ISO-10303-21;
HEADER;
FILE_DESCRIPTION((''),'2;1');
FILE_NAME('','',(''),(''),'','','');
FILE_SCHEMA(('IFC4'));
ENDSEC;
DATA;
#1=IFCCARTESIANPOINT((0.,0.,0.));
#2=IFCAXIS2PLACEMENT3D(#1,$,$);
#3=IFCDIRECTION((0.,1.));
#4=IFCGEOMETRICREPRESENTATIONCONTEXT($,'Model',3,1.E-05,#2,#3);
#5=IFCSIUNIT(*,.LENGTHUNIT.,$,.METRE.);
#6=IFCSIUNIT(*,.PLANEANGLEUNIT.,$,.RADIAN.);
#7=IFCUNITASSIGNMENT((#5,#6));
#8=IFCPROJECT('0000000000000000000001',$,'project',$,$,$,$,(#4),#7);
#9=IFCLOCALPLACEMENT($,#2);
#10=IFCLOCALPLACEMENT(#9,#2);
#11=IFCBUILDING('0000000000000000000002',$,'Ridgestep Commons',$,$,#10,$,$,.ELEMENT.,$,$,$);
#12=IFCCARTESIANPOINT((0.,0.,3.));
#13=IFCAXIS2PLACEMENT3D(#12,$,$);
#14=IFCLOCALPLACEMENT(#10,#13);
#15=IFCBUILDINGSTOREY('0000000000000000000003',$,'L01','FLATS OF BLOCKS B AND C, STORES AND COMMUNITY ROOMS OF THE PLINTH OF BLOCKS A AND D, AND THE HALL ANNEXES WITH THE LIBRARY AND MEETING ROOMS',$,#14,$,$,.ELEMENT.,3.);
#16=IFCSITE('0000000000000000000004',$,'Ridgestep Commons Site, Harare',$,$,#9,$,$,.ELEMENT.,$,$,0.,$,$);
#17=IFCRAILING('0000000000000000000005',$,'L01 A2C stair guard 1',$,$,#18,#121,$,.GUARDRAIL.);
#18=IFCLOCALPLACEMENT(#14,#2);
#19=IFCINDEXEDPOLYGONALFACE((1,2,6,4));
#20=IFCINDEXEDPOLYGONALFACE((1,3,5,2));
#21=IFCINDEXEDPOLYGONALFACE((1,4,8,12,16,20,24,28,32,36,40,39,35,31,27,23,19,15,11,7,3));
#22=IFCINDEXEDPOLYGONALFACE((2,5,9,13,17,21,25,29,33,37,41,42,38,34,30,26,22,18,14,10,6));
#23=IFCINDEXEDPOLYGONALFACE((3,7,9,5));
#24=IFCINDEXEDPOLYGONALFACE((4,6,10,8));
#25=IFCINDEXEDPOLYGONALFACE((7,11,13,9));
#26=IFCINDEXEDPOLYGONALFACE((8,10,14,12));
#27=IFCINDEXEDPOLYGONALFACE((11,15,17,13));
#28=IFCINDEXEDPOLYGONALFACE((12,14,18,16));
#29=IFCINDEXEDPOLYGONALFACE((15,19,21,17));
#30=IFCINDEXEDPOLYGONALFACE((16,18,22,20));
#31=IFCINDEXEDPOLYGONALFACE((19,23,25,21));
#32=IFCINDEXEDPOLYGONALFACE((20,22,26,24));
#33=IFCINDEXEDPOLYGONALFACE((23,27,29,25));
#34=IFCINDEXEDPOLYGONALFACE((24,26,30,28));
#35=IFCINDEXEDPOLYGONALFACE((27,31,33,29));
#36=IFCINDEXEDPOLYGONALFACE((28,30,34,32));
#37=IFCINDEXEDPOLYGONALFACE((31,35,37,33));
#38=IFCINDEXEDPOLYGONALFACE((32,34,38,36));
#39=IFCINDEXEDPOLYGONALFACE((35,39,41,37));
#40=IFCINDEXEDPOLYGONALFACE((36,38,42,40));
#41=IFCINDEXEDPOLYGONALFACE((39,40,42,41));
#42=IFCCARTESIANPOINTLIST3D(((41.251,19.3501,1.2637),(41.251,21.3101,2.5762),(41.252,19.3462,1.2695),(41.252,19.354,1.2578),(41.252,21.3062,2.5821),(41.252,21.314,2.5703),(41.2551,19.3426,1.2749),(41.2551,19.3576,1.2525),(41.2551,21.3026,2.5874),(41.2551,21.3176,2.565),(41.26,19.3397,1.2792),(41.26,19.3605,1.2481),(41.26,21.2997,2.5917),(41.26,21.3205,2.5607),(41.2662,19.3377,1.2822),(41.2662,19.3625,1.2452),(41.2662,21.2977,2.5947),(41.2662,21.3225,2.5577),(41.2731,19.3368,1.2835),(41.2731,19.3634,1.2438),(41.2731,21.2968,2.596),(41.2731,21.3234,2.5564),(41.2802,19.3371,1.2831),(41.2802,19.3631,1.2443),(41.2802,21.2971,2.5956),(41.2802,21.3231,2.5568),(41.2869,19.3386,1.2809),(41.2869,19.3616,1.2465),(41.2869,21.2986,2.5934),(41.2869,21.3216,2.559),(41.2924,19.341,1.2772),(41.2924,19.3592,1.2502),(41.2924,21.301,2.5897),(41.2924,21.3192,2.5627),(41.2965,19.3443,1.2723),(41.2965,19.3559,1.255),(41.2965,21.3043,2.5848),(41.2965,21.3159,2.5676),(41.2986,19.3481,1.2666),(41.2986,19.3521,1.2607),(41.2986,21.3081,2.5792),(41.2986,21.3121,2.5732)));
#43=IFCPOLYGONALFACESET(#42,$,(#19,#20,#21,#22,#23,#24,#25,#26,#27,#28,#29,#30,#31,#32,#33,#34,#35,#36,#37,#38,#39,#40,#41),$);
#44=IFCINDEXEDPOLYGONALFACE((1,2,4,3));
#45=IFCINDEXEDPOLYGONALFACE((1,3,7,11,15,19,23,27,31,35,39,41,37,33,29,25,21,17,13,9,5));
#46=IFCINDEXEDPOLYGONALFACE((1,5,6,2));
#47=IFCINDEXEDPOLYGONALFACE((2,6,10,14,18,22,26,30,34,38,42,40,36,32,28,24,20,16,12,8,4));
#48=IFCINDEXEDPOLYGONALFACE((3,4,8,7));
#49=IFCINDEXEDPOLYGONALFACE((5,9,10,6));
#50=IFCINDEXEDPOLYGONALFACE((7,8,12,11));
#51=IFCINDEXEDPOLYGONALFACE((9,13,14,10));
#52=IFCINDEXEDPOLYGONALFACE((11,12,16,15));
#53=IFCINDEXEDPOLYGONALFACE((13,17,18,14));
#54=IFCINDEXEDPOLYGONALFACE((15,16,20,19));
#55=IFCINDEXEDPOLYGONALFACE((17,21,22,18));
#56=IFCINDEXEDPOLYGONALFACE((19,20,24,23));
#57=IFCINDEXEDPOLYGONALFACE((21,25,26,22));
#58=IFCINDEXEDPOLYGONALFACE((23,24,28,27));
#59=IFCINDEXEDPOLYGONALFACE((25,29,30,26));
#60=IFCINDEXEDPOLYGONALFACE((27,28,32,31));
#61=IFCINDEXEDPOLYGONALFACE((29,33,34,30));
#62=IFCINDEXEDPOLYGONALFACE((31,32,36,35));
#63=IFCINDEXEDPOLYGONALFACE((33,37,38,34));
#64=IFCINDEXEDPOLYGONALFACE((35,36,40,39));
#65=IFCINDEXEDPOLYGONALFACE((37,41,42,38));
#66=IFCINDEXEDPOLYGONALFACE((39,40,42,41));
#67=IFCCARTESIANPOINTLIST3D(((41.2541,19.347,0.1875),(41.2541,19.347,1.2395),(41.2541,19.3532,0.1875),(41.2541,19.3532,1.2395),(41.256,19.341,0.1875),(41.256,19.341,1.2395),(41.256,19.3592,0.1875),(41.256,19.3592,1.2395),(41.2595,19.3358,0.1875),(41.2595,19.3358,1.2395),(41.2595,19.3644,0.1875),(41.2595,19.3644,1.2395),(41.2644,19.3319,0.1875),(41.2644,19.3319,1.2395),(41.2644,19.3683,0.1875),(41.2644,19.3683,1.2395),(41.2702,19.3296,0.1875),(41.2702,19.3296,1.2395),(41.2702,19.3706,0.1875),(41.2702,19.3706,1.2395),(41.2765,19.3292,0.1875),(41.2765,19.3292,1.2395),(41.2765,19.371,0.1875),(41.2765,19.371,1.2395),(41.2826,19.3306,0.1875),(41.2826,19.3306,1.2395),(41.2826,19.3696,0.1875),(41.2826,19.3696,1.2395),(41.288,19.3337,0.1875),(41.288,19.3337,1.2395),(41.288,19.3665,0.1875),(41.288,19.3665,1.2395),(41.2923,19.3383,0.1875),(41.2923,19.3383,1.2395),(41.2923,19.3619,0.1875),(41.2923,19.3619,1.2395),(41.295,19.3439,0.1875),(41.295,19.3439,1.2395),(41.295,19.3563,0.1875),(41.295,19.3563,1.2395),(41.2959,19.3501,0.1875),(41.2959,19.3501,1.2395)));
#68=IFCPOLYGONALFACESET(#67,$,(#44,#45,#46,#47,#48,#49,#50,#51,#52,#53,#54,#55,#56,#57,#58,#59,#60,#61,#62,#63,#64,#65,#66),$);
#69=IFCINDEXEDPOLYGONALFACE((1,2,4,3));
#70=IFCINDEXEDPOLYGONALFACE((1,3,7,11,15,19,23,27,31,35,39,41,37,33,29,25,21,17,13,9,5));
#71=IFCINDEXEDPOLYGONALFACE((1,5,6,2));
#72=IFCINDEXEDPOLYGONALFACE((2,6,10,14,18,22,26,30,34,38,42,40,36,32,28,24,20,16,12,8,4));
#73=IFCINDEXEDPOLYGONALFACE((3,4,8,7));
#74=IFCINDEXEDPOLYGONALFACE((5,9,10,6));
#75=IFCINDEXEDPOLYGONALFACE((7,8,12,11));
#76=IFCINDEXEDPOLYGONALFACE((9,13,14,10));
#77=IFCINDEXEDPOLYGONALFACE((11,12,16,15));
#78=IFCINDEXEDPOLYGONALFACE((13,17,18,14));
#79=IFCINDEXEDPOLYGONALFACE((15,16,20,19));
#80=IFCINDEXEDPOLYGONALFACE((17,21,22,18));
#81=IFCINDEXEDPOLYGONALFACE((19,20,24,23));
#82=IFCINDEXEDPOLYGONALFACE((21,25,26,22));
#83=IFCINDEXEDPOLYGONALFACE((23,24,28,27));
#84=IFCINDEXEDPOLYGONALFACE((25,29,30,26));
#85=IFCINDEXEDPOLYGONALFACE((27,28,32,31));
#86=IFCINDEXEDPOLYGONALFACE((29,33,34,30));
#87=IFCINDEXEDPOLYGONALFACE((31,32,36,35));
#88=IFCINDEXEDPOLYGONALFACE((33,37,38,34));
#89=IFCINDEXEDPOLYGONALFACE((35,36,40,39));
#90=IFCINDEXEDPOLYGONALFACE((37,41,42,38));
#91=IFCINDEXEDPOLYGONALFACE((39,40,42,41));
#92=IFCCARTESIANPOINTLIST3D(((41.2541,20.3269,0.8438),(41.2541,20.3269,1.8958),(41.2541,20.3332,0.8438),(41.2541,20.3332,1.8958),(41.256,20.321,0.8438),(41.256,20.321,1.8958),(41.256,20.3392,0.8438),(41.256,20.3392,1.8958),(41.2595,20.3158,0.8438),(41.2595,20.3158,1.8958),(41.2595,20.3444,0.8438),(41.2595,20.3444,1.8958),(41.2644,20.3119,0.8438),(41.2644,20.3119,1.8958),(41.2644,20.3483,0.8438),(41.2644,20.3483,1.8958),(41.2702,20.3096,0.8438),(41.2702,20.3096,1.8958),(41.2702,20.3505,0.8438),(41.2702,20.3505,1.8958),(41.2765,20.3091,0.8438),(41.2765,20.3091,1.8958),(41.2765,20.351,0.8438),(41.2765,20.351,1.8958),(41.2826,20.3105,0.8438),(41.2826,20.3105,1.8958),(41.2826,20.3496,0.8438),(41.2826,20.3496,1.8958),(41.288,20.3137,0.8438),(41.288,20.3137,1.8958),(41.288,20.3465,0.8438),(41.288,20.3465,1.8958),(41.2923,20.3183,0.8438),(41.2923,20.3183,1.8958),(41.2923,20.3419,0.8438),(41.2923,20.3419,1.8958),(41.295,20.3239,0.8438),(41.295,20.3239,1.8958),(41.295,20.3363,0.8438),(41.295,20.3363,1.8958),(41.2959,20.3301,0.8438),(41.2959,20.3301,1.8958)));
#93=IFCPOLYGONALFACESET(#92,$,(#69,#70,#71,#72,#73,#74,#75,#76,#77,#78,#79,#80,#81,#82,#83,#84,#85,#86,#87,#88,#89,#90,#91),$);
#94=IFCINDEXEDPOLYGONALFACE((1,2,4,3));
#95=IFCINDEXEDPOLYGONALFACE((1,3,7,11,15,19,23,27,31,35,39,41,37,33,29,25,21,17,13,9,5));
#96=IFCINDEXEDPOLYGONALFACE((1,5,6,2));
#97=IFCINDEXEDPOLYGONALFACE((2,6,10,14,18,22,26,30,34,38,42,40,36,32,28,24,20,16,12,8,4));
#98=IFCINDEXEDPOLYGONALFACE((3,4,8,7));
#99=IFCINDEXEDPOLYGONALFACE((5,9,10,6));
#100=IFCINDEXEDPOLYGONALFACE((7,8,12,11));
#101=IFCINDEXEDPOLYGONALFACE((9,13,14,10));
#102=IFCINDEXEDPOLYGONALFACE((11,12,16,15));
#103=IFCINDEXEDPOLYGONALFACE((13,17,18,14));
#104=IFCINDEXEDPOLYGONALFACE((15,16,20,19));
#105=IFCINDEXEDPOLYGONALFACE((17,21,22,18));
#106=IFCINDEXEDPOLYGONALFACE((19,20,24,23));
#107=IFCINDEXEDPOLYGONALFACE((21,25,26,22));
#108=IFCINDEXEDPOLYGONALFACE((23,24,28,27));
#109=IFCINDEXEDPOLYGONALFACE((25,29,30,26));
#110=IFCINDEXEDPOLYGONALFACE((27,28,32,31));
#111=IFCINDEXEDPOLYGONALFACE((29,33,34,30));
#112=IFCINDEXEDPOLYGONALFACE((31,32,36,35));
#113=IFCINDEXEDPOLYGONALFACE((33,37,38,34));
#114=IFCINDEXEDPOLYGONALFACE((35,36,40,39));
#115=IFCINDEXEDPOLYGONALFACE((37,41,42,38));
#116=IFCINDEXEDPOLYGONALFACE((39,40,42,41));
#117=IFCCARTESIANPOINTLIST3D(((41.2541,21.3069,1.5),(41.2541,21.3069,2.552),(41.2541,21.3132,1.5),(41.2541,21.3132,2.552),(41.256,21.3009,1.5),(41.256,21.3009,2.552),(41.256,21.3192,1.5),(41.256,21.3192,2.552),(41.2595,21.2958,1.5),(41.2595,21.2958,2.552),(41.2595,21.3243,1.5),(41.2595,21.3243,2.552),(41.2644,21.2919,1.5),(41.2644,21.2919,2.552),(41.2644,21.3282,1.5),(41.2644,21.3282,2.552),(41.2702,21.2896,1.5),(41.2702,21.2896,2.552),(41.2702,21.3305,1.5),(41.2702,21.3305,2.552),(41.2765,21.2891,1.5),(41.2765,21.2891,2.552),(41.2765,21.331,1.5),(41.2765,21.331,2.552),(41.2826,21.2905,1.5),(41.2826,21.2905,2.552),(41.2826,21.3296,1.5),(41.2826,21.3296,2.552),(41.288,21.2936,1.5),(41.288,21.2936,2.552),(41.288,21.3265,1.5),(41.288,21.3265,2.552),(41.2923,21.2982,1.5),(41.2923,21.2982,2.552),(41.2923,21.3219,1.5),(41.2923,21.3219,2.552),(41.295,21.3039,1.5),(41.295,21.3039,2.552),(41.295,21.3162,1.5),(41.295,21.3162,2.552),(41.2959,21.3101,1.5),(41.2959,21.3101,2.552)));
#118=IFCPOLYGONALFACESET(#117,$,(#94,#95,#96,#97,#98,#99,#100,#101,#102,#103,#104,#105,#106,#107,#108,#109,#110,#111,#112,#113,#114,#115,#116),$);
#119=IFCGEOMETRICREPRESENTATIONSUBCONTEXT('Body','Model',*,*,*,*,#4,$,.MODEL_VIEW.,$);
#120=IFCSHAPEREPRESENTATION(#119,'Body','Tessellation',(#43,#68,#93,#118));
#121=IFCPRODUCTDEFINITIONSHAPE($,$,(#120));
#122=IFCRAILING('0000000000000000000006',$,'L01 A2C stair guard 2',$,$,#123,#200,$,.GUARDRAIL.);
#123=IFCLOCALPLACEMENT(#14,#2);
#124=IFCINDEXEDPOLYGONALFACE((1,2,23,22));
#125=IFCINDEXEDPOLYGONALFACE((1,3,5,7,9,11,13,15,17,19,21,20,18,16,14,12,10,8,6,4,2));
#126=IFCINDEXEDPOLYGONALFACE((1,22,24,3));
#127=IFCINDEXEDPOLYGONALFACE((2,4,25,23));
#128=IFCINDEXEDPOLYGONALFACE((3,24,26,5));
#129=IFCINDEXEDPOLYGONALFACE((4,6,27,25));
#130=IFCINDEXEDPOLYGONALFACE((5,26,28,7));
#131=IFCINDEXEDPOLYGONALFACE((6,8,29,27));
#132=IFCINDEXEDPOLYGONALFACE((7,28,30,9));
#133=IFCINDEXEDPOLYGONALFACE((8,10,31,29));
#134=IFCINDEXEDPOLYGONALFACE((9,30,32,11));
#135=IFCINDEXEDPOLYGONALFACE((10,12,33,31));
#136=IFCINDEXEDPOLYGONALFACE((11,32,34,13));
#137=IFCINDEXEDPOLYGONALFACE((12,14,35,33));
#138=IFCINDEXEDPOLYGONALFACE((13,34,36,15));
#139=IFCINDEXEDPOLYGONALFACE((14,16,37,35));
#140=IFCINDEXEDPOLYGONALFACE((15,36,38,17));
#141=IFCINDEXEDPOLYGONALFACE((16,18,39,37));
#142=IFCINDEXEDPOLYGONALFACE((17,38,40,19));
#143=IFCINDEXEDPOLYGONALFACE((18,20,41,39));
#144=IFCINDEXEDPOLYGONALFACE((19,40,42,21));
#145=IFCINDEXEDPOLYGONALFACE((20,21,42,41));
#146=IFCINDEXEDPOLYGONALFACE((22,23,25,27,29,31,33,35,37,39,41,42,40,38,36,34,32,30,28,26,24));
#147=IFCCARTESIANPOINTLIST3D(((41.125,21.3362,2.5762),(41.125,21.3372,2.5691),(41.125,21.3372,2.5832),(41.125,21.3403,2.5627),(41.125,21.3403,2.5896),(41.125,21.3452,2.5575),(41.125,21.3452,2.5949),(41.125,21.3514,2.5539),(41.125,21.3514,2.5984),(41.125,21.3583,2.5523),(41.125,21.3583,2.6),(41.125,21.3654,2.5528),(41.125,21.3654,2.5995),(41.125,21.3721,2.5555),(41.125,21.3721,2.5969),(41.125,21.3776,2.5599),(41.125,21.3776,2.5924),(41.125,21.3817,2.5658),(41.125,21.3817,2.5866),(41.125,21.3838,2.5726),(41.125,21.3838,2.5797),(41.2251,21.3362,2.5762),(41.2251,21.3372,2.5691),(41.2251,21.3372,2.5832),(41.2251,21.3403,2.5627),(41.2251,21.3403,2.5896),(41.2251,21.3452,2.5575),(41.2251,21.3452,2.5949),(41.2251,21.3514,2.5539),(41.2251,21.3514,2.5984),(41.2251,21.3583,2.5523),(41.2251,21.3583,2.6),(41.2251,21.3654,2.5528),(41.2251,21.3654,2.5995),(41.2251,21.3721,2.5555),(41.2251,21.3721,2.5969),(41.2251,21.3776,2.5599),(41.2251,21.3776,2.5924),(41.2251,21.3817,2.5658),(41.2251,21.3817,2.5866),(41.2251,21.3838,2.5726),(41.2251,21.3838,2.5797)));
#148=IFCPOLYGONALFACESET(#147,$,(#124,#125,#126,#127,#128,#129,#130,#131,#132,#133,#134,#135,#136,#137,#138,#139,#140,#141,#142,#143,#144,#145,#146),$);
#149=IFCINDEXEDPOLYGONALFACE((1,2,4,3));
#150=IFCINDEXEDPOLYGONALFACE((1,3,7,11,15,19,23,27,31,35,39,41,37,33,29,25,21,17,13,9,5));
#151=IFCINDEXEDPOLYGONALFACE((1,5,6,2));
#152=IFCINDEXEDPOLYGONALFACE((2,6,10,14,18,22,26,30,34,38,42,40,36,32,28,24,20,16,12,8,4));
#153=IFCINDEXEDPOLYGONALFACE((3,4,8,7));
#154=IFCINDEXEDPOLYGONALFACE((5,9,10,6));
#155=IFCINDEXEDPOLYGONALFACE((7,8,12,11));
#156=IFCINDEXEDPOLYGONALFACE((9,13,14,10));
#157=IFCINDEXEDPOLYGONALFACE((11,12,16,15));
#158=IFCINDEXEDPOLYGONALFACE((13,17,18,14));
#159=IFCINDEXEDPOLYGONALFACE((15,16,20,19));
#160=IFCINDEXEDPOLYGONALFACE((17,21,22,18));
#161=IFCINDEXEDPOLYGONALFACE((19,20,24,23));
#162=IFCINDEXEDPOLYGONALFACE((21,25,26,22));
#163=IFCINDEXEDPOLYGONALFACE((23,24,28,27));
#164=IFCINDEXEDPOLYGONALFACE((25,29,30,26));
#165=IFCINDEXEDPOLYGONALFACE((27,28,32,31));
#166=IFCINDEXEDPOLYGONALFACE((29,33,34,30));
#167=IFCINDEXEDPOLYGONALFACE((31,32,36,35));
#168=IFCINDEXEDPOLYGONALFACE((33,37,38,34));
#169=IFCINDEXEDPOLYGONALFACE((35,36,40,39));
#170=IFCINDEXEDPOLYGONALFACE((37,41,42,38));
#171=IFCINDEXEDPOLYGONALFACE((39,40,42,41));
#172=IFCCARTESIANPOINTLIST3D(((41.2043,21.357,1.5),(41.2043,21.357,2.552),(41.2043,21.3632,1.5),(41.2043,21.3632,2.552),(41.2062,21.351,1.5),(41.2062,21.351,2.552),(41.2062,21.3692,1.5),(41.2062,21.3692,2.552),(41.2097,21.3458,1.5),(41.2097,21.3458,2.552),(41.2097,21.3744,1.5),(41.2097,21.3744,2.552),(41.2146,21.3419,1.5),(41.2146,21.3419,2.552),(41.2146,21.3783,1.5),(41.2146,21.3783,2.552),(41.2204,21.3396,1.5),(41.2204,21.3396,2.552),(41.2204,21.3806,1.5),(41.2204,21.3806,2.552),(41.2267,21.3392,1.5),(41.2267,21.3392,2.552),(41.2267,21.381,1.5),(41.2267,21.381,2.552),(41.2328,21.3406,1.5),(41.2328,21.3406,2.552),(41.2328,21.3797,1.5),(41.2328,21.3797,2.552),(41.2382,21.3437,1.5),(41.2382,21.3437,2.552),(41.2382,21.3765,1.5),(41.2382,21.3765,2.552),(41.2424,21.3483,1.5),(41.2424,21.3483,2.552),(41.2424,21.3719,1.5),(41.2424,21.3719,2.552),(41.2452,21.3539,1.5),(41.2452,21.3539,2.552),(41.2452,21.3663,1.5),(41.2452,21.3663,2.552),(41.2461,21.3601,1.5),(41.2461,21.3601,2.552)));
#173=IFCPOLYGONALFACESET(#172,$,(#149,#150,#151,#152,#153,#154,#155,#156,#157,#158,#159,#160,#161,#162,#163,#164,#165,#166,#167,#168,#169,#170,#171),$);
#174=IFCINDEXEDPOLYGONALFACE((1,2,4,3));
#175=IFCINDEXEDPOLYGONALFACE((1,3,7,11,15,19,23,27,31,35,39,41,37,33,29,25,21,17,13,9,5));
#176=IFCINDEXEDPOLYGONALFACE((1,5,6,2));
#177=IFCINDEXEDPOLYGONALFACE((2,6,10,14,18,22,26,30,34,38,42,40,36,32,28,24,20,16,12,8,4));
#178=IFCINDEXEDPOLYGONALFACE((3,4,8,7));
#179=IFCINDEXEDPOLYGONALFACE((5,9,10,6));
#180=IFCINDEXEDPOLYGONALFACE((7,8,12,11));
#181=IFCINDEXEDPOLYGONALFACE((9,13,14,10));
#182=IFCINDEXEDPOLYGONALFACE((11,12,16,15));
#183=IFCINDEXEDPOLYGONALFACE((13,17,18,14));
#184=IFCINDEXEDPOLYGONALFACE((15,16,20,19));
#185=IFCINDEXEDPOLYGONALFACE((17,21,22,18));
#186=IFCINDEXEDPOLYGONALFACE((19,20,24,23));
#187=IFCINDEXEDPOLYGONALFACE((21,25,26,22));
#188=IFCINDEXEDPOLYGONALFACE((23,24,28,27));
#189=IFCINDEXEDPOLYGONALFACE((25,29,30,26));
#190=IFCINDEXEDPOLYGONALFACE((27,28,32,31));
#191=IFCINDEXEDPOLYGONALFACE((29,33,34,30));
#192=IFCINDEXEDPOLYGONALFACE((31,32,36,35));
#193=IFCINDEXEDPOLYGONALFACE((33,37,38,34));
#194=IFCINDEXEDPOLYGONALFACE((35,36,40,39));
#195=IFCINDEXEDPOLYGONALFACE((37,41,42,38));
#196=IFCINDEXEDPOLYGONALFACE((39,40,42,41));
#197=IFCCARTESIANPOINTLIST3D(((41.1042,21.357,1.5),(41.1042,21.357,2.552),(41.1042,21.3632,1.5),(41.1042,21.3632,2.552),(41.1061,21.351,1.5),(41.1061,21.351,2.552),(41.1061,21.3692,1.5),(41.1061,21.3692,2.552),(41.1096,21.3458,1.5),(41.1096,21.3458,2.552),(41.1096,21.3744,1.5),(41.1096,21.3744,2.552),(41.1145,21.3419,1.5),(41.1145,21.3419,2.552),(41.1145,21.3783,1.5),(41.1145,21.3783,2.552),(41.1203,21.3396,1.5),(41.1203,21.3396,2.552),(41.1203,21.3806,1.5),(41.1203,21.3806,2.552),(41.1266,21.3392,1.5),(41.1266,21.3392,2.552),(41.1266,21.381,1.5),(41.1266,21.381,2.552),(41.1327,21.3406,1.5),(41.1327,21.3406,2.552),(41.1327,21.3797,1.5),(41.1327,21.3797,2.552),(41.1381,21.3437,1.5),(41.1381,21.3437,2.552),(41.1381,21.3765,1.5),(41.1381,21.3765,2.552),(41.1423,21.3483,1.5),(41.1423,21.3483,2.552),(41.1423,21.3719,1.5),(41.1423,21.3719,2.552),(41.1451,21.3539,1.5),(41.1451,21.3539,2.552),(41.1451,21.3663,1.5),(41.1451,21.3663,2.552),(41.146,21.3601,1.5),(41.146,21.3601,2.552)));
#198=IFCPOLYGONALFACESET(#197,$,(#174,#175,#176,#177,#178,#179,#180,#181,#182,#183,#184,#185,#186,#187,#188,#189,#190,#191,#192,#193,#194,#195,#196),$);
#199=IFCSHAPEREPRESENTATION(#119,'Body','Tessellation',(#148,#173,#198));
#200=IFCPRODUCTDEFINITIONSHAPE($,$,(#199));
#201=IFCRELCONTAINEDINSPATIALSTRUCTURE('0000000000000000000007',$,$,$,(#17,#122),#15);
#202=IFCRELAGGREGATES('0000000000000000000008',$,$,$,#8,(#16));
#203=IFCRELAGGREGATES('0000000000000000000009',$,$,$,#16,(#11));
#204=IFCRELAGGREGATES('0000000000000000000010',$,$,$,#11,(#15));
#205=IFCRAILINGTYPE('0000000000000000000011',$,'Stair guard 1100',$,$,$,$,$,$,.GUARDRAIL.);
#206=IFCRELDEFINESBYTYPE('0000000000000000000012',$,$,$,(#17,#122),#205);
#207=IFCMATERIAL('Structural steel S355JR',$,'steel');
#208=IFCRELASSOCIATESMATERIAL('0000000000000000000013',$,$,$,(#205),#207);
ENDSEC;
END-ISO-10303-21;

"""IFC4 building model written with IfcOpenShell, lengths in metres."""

from ifc_helpers import new_model, si_unit, direction, frame, origin, origin_2d, place, context, subcontext, project, spatial, circle, extrude, material, type_object, element, save


model = new_model("IFC4")

# Units and contexts
model_context = context("Model", 3, precision=1e-05, world=origin(), true_north=direction((0.0, 1.0)))
body_context = subcontext(model_context, "Body", "Model", "MODEL_VIEW")
ifc_project = project(units=[si_unit("LENGTHUNIT", "METRE"), si_unit("PLANEANGLEUNIT", "RADIAN")], contexts=[model_context])

# Site, building, storey
site_placement = place(None, origin())
site = spatial("IfcSite", under=ifc_project, at=site_placement, Name="Ridgestep Commons Site, Harare", CompositionType="ELEMENT", RefElevation=0.0)
building_placement = place(site_placement, origin())
building = spatial("IfcBuilding", under=site, at=building_placement, Name="Ridgestep Commons", CompositionType="ELEMENT")
storey_placement = place(building_placement, frame((0.0, 0.0, 3.0)))
storey = spatial("IfcBuildingStorey", under=building, at=storey_placement, Name="L01", Description="FLATS OF BLOCKS B AND C, STORES AND COMMUNITY ROOMS OF THE PLINTH OF BLOCKS A AND D, AND THE HALL ANNEXES WITH THE LIBRARY AND MEETING ROOMS", CompositionType="ELEMENT", Elevation=3.0)

# Railings
ifc_material_1 = material(Name="Structural steel S355JR", Category="steel")
railing_type_1 = type_object("IfcRailingType", Name="Stair guard 1100", PredefinedType="GUARDRAIL", material=ifc_material_1)
railing_1_placement = place(storey_placement, frame((41.2749, 19.3501, 0.1875)))
element("IfcRailing", 1, at=railing_1_placement, inside=storey, type_object=railing_type_1, Name="L01 A2C stair guard 1", PredefinedType="GUARDRAIL", context=body_context, shape_type="SweptSolid", body=[
    extrude(circle(Radius=0.0239, at=origin_2d()), frame((0.0, 0.0, 1.0762), z_axis=(0.0, 0.830902, 0.556419), x_axis=(-1.0, 0.0, 0.0)), (0.0, 0.0, 1.0), 2.3589),
    extrude(circle(Radius=0.021, at=origin_2d()), origin(), (0.0, 0.0, 1.0), 1.052),
    extrude(circle(Radius=0.021, at=origin_2d()), frame((0.0, 0.98, 0.6562)), (0.0, 0.0, 1.0), 1.052),
    extrude(circle(Radius=0.021, at=origin_2d()), frame((0.0, 1.96, 1.3125)), (0.0, 0.0, 1.0), 1.052),
])
railing_2_placement = place(storey_placement, frame((41.2251, 21.3601, 1.5)))
element("IfcRailing", 2, at=railing_2_placement, inside=storey, type_object=railing_type_1, Name="L01 A2C stair guard 2", PredefinedType="GUARDRAIL", context=body_context, shape_type="SweptSolid", body=[
    extrude(circle(Radius=0.0239, at=origin_2d()), frame((0.0, 0.0, 1.0762), z_axis=(-1.0, 0.0, 0.0), x_axis=(0.0, -1.0, 0.0)), (0.0, 0.0, 1.0), 0.1001),
    extrude(circle(Radius=0.021, at=origin_2d()), origin(), (0.0, 0.0, 1.0), 1.052),
    extrude(circle(Radius=0.021, at=origin_2d()), frame((-0.1001, 0.0, 0.0)), (0.0, 0.0, 1.0), 1.052),
])

save(model, "model.ifc")
